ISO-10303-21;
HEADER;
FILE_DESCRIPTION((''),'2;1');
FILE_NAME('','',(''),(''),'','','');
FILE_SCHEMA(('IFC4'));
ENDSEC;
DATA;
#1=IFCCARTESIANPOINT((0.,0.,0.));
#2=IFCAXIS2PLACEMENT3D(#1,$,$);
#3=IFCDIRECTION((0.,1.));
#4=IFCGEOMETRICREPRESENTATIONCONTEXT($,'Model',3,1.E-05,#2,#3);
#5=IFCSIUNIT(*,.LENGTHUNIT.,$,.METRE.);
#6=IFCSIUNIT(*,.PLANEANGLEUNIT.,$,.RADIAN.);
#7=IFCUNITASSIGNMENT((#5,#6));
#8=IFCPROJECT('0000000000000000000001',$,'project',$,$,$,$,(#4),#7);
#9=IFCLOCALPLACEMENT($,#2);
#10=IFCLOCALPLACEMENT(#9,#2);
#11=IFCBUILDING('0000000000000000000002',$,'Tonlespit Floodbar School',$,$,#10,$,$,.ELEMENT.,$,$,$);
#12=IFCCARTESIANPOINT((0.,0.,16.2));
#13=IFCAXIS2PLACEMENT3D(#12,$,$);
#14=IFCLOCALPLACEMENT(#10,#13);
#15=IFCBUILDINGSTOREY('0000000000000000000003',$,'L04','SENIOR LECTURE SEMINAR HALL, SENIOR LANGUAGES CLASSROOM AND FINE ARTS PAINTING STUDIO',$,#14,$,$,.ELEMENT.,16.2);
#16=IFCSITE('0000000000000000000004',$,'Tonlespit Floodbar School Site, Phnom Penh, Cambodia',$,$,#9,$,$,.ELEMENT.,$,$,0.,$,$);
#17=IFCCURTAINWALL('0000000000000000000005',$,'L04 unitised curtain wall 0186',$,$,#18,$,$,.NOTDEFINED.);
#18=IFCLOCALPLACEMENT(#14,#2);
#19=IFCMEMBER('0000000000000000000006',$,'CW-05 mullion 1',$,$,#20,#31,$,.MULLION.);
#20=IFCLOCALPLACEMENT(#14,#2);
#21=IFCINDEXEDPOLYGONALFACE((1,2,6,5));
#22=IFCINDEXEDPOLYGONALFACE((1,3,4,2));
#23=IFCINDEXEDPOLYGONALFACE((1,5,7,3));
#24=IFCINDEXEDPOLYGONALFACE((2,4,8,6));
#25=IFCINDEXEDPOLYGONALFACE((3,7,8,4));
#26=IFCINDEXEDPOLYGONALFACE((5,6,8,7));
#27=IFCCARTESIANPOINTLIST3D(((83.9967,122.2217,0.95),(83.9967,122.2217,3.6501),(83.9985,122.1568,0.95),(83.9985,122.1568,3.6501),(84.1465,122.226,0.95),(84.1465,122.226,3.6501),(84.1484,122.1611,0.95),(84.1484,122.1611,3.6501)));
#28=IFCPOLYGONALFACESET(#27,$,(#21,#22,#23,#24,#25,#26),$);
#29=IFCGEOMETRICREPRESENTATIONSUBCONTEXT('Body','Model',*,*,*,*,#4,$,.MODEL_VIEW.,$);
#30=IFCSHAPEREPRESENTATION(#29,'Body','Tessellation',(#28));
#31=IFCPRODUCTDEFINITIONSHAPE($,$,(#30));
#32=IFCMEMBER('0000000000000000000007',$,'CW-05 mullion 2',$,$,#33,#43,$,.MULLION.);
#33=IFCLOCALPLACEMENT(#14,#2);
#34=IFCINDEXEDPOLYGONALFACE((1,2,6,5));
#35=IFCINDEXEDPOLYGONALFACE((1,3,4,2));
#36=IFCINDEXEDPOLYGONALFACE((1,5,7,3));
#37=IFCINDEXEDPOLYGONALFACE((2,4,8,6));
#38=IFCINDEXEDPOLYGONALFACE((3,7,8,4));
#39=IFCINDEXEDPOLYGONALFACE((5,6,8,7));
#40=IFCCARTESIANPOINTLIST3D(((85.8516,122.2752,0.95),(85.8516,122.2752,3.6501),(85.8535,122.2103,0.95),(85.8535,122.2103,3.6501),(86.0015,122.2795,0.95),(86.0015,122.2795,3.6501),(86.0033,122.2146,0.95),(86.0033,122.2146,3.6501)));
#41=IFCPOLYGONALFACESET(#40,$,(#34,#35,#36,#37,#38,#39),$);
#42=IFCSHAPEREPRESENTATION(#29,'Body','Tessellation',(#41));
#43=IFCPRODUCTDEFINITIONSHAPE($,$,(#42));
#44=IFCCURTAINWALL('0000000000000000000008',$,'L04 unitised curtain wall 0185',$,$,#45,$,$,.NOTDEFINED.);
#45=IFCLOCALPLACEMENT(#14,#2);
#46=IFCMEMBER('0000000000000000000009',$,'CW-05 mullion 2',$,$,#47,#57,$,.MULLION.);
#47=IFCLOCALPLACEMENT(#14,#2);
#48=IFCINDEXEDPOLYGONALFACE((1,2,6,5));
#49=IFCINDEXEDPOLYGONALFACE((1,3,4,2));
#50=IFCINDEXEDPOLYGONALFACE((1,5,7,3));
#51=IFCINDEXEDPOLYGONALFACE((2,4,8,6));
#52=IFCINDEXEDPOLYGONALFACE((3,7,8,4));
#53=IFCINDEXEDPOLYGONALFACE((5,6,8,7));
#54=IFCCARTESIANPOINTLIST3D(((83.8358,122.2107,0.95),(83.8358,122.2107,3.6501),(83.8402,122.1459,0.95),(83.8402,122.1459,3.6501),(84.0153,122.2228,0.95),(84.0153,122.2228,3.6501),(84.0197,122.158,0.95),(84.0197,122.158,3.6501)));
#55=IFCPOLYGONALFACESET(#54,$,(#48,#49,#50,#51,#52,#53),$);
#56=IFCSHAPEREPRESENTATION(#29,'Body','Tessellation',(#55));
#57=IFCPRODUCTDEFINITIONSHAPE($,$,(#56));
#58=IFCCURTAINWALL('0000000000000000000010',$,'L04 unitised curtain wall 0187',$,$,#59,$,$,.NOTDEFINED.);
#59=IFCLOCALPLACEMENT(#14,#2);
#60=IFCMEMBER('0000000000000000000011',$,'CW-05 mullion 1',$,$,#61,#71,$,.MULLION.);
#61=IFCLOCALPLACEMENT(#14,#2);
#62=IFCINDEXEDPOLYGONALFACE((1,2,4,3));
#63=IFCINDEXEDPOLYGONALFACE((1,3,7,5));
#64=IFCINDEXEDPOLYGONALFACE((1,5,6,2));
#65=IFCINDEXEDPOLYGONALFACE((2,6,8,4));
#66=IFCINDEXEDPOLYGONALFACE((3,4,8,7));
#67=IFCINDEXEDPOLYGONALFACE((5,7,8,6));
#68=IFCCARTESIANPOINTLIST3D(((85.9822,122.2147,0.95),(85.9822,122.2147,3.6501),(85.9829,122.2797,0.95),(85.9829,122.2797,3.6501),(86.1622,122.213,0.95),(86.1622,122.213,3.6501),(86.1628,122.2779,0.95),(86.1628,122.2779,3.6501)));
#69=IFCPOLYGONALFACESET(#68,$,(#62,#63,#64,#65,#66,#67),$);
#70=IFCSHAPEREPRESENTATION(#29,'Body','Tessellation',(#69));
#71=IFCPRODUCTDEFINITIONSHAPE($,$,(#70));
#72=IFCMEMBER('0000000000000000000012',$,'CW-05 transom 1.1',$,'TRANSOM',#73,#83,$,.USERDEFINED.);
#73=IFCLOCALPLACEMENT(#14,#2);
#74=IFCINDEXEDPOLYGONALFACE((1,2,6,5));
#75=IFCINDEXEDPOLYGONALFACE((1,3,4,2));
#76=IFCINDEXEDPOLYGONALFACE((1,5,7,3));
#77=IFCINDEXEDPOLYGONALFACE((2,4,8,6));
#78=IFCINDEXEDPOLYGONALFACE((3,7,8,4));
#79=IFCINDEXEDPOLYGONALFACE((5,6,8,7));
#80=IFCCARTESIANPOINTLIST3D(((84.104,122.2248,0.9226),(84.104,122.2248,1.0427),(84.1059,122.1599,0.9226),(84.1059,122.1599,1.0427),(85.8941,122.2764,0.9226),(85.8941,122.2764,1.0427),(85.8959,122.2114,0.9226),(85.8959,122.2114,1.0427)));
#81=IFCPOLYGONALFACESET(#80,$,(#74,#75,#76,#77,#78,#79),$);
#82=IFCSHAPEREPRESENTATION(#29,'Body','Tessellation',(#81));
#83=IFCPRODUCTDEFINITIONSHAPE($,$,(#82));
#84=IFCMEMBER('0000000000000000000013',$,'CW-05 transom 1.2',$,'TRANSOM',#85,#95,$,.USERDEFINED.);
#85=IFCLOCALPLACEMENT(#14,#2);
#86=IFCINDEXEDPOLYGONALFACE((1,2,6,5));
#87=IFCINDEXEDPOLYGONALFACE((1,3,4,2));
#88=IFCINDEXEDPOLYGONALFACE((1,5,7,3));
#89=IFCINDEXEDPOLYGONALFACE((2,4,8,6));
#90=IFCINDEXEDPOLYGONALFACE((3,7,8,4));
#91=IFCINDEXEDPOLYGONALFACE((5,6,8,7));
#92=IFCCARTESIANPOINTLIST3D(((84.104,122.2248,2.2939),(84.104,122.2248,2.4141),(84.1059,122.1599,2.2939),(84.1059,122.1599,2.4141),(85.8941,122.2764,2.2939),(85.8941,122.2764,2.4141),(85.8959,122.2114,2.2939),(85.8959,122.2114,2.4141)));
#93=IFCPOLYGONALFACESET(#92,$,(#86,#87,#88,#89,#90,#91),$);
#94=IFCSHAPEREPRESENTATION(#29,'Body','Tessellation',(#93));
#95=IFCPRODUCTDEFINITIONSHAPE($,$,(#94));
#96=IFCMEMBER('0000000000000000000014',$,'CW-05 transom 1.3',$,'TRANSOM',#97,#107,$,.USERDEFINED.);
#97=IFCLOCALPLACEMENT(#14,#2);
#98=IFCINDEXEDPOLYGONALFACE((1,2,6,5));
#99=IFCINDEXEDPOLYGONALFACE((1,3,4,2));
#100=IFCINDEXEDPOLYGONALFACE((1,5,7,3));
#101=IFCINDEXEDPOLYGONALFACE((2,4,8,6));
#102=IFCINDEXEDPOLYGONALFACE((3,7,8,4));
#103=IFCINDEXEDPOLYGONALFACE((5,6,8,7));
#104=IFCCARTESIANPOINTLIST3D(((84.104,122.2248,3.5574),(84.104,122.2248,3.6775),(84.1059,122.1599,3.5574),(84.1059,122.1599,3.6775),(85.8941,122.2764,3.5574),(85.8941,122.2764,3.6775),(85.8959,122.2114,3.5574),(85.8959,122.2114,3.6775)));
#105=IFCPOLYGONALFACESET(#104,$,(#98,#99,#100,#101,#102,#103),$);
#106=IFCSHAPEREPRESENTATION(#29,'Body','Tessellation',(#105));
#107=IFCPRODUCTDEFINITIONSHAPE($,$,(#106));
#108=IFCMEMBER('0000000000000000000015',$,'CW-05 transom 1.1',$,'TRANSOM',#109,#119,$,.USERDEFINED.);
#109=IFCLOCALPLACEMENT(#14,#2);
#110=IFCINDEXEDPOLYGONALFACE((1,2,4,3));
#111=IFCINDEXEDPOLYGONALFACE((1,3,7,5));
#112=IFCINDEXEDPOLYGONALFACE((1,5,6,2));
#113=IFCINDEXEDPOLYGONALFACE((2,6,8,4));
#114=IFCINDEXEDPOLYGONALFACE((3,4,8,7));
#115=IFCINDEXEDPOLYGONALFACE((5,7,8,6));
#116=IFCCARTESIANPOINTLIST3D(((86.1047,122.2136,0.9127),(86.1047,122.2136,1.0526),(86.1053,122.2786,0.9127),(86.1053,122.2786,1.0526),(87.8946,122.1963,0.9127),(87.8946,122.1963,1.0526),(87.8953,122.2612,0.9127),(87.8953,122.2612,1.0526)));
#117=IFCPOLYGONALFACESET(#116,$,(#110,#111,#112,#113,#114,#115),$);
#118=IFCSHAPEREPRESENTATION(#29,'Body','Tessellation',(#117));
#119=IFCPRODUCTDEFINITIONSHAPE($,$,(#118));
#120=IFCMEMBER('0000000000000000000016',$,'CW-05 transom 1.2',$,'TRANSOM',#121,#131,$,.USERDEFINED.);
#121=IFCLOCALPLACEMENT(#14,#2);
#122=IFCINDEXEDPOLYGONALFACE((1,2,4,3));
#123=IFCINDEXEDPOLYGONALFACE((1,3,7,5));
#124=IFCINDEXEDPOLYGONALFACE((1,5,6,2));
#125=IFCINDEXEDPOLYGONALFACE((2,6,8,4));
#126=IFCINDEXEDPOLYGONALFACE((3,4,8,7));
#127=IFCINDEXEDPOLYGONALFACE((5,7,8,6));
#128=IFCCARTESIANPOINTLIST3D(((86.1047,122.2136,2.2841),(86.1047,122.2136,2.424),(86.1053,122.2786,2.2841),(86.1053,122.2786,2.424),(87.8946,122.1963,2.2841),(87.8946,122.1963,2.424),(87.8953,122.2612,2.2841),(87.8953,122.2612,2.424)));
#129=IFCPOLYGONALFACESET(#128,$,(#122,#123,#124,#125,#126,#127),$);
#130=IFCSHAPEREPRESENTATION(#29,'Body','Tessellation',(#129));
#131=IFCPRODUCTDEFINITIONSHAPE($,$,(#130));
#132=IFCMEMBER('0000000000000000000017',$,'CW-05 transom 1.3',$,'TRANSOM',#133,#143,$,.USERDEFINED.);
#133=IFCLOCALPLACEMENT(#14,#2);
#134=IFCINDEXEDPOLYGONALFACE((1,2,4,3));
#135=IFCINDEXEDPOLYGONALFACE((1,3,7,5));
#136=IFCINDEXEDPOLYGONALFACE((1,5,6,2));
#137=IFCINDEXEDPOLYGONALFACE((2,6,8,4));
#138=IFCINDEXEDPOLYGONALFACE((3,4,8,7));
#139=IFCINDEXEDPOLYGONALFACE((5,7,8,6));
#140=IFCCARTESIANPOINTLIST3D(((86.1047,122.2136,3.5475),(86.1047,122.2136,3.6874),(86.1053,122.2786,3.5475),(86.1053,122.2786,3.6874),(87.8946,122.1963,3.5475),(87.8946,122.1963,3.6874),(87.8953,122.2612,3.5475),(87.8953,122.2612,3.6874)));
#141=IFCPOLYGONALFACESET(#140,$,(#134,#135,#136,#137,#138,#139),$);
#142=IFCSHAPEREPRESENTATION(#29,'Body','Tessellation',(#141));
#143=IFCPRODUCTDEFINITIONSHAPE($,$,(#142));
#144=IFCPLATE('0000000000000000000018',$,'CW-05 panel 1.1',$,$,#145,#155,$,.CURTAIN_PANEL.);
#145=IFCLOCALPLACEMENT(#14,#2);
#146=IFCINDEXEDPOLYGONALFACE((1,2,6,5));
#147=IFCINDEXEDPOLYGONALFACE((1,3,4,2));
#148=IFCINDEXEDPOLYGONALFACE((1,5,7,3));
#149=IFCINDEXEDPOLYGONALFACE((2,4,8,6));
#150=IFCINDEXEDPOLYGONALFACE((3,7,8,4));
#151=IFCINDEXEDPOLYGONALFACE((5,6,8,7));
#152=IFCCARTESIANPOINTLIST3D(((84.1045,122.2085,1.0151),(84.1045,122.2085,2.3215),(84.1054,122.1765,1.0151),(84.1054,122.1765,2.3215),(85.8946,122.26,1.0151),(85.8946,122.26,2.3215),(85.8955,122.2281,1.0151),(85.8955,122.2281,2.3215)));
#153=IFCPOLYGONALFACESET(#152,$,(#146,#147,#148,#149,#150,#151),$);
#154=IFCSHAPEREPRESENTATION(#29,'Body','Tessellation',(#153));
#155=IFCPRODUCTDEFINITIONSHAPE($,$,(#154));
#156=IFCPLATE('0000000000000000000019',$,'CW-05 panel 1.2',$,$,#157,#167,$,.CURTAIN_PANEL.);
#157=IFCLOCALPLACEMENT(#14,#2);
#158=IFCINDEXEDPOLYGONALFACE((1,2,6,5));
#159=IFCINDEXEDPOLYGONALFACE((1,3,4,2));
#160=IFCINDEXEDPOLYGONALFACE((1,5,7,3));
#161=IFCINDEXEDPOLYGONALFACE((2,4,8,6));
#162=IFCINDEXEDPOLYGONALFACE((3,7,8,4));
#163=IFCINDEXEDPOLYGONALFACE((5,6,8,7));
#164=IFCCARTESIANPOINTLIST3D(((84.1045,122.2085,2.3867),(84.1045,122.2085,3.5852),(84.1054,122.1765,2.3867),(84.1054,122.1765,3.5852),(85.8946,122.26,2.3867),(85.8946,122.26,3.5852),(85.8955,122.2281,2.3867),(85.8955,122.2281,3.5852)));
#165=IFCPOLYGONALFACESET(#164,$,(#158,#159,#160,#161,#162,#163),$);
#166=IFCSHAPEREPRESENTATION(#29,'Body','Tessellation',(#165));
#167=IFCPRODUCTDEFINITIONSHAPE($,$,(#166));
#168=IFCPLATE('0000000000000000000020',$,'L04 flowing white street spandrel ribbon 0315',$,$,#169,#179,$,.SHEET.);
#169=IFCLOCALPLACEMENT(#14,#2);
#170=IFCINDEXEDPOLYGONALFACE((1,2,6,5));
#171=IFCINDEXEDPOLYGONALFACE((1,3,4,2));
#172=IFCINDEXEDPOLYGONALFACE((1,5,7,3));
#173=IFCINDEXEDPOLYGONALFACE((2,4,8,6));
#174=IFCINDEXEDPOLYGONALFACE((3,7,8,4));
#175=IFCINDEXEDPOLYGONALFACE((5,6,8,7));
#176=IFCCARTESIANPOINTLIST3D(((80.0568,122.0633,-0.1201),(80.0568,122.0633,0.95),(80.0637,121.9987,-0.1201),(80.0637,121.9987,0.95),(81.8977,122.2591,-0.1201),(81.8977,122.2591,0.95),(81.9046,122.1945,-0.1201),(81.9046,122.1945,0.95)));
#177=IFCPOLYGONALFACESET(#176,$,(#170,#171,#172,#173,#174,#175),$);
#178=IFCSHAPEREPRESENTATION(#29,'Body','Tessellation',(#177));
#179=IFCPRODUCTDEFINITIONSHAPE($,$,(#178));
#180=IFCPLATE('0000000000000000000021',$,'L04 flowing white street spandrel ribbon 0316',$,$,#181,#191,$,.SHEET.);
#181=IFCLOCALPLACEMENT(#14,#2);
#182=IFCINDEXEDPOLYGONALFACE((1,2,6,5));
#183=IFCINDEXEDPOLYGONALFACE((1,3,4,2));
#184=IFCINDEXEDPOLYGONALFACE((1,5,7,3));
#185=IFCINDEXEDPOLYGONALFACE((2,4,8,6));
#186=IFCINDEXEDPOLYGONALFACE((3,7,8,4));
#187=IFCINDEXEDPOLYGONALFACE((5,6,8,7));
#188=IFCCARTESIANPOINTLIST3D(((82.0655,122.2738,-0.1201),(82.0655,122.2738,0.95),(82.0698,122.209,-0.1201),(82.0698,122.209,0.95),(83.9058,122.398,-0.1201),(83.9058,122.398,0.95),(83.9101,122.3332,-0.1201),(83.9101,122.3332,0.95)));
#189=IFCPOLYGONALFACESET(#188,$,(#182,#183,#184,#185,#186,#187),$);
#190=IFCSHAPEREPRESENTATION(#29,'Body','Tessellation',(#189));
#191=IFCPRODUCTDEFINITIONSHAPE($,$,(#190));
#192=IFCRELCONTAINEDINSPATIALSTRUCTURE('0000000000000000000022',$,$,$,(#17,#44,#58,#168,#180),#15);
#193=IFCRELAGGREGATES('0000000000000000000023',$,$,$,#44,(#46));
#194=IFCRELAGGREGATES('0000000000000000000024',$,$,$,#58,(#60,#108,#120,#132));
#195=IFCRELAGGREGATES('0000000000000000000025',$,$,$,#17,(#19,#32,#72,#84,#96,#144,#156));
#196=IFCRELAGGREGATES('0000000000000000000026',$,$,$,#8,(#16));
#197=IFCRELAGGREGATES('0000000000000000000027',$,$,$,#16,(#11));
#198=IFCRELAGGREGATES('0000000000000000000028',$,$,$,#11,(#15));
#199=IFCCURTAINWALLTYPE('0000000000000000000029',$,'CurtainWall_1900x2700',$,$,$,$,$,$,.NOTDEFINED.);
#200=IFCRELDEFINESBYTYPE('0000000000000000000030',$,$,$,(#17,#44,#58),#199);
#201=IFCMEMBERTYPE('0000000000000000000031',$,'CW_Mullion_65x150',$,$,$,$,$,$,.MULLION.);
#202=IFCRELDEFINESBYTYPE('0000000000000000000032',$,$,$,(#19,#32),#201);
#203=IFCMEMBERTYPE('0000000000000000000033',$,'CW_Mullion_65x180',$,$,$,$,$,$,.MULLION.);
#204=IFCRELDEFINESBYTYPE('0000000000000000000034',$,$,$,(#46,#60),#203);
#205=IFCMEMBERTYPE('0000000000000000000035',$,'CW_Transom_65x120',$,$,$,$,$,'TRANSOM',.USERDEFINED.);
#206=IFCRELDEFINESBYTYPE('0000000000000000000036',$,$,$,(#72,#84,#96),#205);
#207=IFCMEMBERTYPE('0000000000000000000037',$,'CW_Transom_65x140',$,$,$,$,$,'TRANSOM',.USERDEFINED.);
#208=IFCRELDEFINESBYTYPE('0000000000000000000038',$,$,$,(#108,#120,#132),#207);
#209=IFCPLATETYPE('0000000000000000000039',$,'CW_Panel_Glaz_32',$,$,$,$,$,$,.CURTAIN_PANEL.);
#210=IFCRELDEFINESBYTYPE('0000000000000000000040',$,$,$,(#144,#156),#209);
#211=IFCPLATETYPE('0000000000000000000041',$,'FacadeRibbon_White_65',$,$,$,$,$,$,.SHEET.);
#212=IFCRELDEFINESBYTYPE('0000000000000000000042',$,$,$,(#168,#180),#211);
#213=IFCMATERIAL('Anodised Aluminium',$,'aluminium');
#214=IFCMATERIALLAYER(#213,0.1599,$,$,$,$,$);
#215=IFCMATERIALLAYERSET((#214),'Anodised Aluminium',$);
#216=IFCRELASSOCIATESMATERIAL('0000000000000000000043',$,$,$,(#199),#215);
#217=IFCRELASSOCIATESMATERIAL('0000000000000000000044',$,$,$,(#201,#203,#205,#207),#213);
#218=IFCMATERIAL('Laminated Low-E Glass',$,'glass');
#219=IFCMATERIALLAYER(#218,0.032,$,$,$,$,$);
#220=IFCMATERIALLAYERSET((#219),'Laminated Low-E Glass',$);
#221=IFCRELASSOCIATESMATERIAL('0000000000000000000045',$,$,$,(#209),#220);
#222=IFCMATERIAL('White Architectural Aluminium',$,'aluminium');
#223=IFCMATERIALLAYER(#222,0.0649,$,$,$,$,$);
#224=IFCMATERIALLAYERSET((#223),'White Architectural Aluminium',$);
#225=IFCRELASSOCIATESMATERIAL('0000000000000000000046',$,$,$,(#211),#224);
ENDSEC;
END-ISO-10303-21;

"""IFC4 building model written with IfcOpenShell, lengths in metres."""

from ifc_helpers import new_model, si_unit, direction, frame, origin, origin_2d, place, context, subcontext, project, spatial, rectangle, extrude, material, layer, layer_set, material_profile, profile_set, type_object, element, aggregate, save


model = new_model("IFC4")

# Units and contexts
model_context = context("Model", 3, precision=1e-05, world=origin(), true_north=direction((0.0, 1.0)))
body_context = subcontext(model_context, "Body", "Model", "MODEL_VIEW")
ifc_project = project(units=[si_unit("LENGTHUNIT", "METRE"), si_unit("PLANEANGLEUNIT", "RADIAN")], contexts=[model_context])

# Site, building, storey
site_placement = place(None, origin())
site = spatial("IfcSite", under=ifc_project, at=site_placement, Name="Tonlespit Floodbar School Site, Phnom Penh, Cambodia", CompositionType="ELEMENT", RefElevation=0.0)
building_placement = place(site_placement, origin())
building = spatial("IfcBuilding", under=site, at=building_placement, Name="Tonlespit Floodbar School", CompositionType="ELEMENT")
storey_placement = place(building_placement, frame((0.0, 0.0, 16.2)))
storey = spatial("IfcBuildingStorey", under=building, at=storey_placement, Name="L04", Description="SENIOR LECTURE SEMINAR HALL, SENIOR LANGUAGES CLASSROOM AND FINE ARTS PAINTING STUDIO", CompositionType="ELEMENT", Elevation=16.2)

# Curtain wall, members
ifc_material_1 = material(Name="Anodised Aluminium", Category="aluminium")
ifc_layer_1 = layer(ifc_material_1, 0.1599)
ifc_layer_set_1 = layer_set([ifc_layer_1], Name="Anodised Aluminium")
curtain_wall_type = type_object("IfcCurtainWallType", Name="CurtainWall_1900x2700", PredefinedType="NOTDEFINED", material=ifc_layer_set_1)
curtain_wall_1_placement = place(storey_placement, origin())
curtain_wall_1 = element("IfcCurtainWall", 1, at=curtain_wall_1_placement, inside=storey, type_object=curtain_wall_type, Name="L04 unitised curtain wall 0186", PredefinedType="NOTDEFINED")
ifc_material_profile_1 = material_profile(ifc_material_1, rectangle(XDim=0.0649, YDim=0.1499, at=origin_2d()), Name="ALU M65x150")
ifc_profile_set_1 = profile_set([ifc_material_profile_1], Name="Anodised Aluminium")
member_type_1 = type_object("IfcMemberType", Name="CW_Mullion_65x150", PredefinedType="MULLION", material=ifc_profile_set_1)
member_1_placement = place(storey_placement, frame((84.0725, 122.1914, 0.95), z_axis=(0.0, 0.0, 1.0), x_axis=(-0.02879, 0.999585, 0.0)))
member_1 = element("IfcMember", 2, at=member_1_placement, type_object=member_type_1, Name="CW-05 mullion 1", PredefinedType="MULLION", context=body_context, shape_type="SweptSolid", body=[
    extrude(rectangle(XDim=0.0649, YDim=0.1499, at=origin_2d()), origin(), (0.0, 0.0, 1.0), 2.7002),
])
member_2_placement = place(storey_placement, frame((85.9275, 122.2449, 0.95), z_axis=(0.0, 0.0, 1.0), x_axis=(-0.02879, 0.999585, 0.0)))
member_2 = element("IfcMember", 3, at=member_2_placement, type_object=member_type_1, Name="CW-05 mullion 2", PredefinedType="MULLION", context=body_context, shape_type="SweptSolid", body=[
    extrude(rectangle(XDim=0.0649, YDim=0.1499, at=origin_2d()), origin(), (0.0, 0.0, 1.0), 2.7002),
])

# Curtain walls, members
curtain_wall_2_placement = place(storey_placement, origin())
curtain_wall_2 = element("IfcCurtainWall", 4, at=curtain_wall_2_placement, inside=storey, type_object=curtain_wall_type, Name="L04 unitised curtain wall 0185", PredefinedType="NOTDEFINED")
ifc_material_profile_2 = material_profile(ifc_material_1, rectangle(XDim=0.0649, YDim=0.1799, at=origin_2d()), Name="ALU M65x180")
ifc_profile_set_2 = profile_set([ifc_material_profile_2], Name="Anodised Aluminium")
member_type_2 = type_object("IfcMemberType", Name="CW_Mullion_65x180", PredefinedType="MULLION", material=ifc_profile_set_2)
member_3_placement = place(storey_placement, frame((83.9277, 122.1843, 0.95), z_axis=(0.0, 0.0, 1.0), x_axis=(-0.06734, 0.99773, 0.0)))
member_3 = element("IfcMember", 5, at=member_3_placement, type_object=member_type_2, Name="CW-05 mullion 2", PredefinedType="MULLION", context=body_context, shape_type="SweptSolid", body=[
    extrude(rectangle(XDim=0.0649, YDim=0.1799, at=origin_2d()), origin(), (0.0, 0.0, 1.0), 2.7002),
])
aggregate(curtain_wall_2, [member_3])
curtain_wall_3_placement = place(storey_placement, origin())
curtain_wall_3 = element("IfcCurtainWall", 6, at=curtain_wall_3_placement, inside=storey, type_object=curtain_wall_type, Name="L04 unitised curtain wall 0187", PredefinedType="NOTDEFINED")
member_4_placement = place(storey_placement, frame((86.0725, 122.2463, 0.95), z_axis=(0.0, 0.0, 1.0), x_axis=(0.009583, 0.999954, 0.0)))
member_4 = element("IfcMember", 7, at=member_4_placement, type_object=member_type_2, Name="CW-05 mullion 1", PredefinedType="MULLION", context=body_context, shape_type="SweptSolid", body=[
    extrude(rectangle(XDim=0.0649, YDim=0.1799, at=origin_2d()), origin(), (0.0, 0.0, 1.0), 2.7002),
])

# Members
ifc_material_profile_3 = material_profile(ifc_material_1, rectangle(XDim=0.0649, YDim=0.1201, at=origin_2d()), Name="ALU T65x120")
ifc_profile_set_3 = profile_set([ifc_material_profile_3], Name="Anodised Aluminium")
member_type_3 = type_object("IfcMemberType", Name="CW_Transom_65x120", ElementType="TRANSOM", PredefinedType="USERDEFINED", material=ifc_profile_set_3)
member_5_placement = place(storey_placement, frame((84.105, 122.1924, 0.9827), z_axis=(0.999586, 0.028766, 0.0), x_axis=(-0.028766, 0.999586, 0.0)))
member_5 = element("IfcMember", 8, at=member_5_placement, type_object=member_type_3, Name="CW-05 transom 1.1", ObjectType="TRANSOM", PredefinedType="USERDEFINED", context=body_context, shape_type="SweptSolid", body=[
    extrude(rectangle(XDim=0.0649, YDim=0.1201, at=origin_2d()), origin(), (0.0, 0.0, 1.0), 1.7908),
])
member_6_placement = place(storey_placement, frame((84.105, 122.1924, 2.354), z_axis=(0.999586, 0.028766, 0.0), x_axis=(-0.028766, 0.999586, 0.0)))
member_6 = element("IfcMember", 9, at=member_6_placement, type_object=member_type_3, Name="CW-05 transom 1.2", ObjectType="TRANSOM", PredefinedType="USERDEFINED", context=body_context, shape_type="SweptSolid", body=[
    extrude(rectangle(XDim=0.0649, YDim=0.1201, at=origin_2d()), origin(), (0.0, 0.0, 1.0), 1.7908),
])
member_7_placement = place(storey_placement, frame((84.105, 122.1924, 3.6174), z_axis=(0.999586, 0.028766, 0.0), x_axis=(-0.028766, 0.999586, 0.0)))
member_7 = element("IfcMember", 10, at=member_7_placement, type_object=member_type_3, Name="CW-05 transom 1.3", ObjectType="TRANSOM", PredefinedType="USERDEFINED", context=body_context, shape_type="SweptSolid", body=[
    extrude(rectangle(XDim=0.0649, YDim=0.1201, at=origin_2d()), origin(), (0.0, 0.0, 1.0), 1.7908),
])
ifc_material_profile_4 = material_profile(ifc_material_1, rectangle(XDim=0.0649, YDim=0.1399, at=origin_2d()), Name="ALU T65x140")
ifc_profile_set_4 = profile_set([ifc_material_profile_4], Name="Anodised Aluminium")
member_type_4 = type_object("IfcMemberType", Name="CW_Transom_65x140", ElementType="TRANSOM", PredefinedType="USERDEFINED", material=ifc_profile_set_4)
member_8_placement = place(storey_placement, frame((86.105, 122.2461, 0.9827), z_axis=(0.999953, -0.009683, 0.0), x_axis=(0.009683, 0.999953, 0.0)))
member_8 = element("IfcMember", 11, at=member_8_placement, type_object=member_type_4, Name="CW-05 transom 1.1", ObjectType="TRANSOM", PredefinedType="USERDEFINED", context=body_context, shape_type="SweptSolid", body=[
    extrude(rectangle(XDim=0.0649, YDim=0.1399, at=origin_2d()), origin(), (0.0, 0.0, 1.0), 1.79),
])
member_9_placement = place(storey_placement, frame((86.105, 122.2461, 2.354), z_axis=(0.999953, -0.009683, 0.0), x_axis=(0.009683, 0.999953, 0.0)))
member_9 = element("IfcMember", 12, at=member_9_placement, type_object=member_type_4, Name="CW-05 transom 1.2", ObjectType="TRANSOM", PredefinedType="USERDEFINED", context=body_context, shape_type="SweptSolid", body=[
    extrude(rectangle(XDim=0.0649, YDim=0.1399, at=origin_2d()), origin(), (0.0, 0.0, 1.0), 1.79),
])
member_10_placement = place(storey_placement, frame((86.105, 122.2461, 3.6174), z_axis=(0.999953, -0.009683, 0.0), x_axis=(0.009683, 0.999953, 0.0)))
member_10 = element("IfcMember", 13, at=member_10_placement, type_object=member_type_4, Name="CW-05 transom 1.3", ObjectType="TRANSOM", PredefinedType="USERDEFINED", context=body_context, shape_type="SweptSolid", body=[
    extrude(rectangle(XDim=0.0649, YDim=0.1399, at=origin_2d()), origin(), (0.0, 0.0, 1.0), 1.79),
])
aggregate(curtain_wall_3, [member_4, member_8, member_9, member_10])

# Plates
ifc_material_2 = material(Name="Laminated Low-E Glass", Category="glass")
ifc_layer_2 = layer(ifc_material_2, 0.032)
ifc_layer_set_2 = layer_set([ifc_layer_2], Name="Laminated Low-E Glass")
plate_type_1 = type_object("IfcPlateType", Name="CW_Panel_Glaz_32", PredefinedType="CURTAIN_PANEL", material=ifc_layer_set_2)
plate_1_placement = place(storey_placement, frame((85.0, 122.2183, 1.0151), z_axis=(0.0, 0.0, 1.0), x_axis=(0.999585, 0.02879, 0.0)))
plate_1 = element("IfcPlate", 14, at=plate_1_placement, type_object=plate_type_1, Name="CW-05 panel 1.1", PredefinedType="CURTAIN_PANEL", context=body_context, shape_type="SweptSolid", body=[
    extrude(rectangle(XDim=1.7908, YDim=0.032, at=origin_2d()), origin(), (0.0, 0.0, 1.0), 1.3064),
])
plate_2_placement = place(storey_placement, frame((85.0, 122.2183, 2.3867), z_axis=(0.0, 0.0, 1.0), x_axis=(0.999585, 0.02879, 0.0)))
plate_2 = element("IfcPlate", 15, at=plate_2_placement, type_object=plate_type_1, Name="CW-05 panel 1.2", PredefinedType="CURTAIN_PANEL", context=body_context, shape_type="SweptSolid", body=[
    extrude(rectangle(XDim=1.7908, YDim=0.032, at=origin_2d()), origin(), (0.0, 0.0, 1.0), 1.1985),
])
aggregate(curtain_wall_1, [member_1, member_2, member_5, member_6, member_7, plate_1, plate_2])

# Plates
ifc_material_3 = material(Name="White Architectural Aluminium", Category="aluminium")
ifc_layer_3 = layer(ifc_material_3, 0.0649)
ifc_layer_set_3 = layer_set([ifc_layer_3], Name="White Architectural Aluminium")
plate_type_2 = type_object("IfcPlateType", Name="FacadeRibbon_White_65", PredefinedType="SHEET", material=ifc_layer_set_3)
plate_3_placement = place(storey_placement, frame((80.9807, 122.1289, -0.1201), z_axis=(0.0, 0.0, 1.0), x_axis=(0.994392, 0.105754, 0.0)))
element("IfcPlate", 16, at=plate_3_placement, inside=storey, type_object=plate_type_2, Name="L04 flowing white street spandrel ribbon 0315", PredefinedType="SHEET", context=body_context, shape_type="SweptSolid", body=[
    extrude(rectangle(XDim=1.8513, YDim=0.0649, at=origin_2d()), origin(), (0.0, 0.0, 1.0), 1.0701),
])
plate_4_placement = place(storey_placement, frame((82.9878, 122.3035, -0.1201), z_axis=(0.0, 0.0, 1.0), x_axis=(0.99773, 0.067347, 0.0)))
element("IfcPlate", 17, at=plate_4_placement, inside=storey, type_object=plate_type_2, Name="L04 flowing white street spandrel ribbon 0316", PredefinedType="SHEET", context=body_context, shape_type="SweptSolid", body=[
    extrude(rectangle(XDim=1.8445, YDim=0.0649, at=origin_2d()), origin(), (0.0, 0.0, 1.0), 1.0701),
])

save(model, "model.ifc")
